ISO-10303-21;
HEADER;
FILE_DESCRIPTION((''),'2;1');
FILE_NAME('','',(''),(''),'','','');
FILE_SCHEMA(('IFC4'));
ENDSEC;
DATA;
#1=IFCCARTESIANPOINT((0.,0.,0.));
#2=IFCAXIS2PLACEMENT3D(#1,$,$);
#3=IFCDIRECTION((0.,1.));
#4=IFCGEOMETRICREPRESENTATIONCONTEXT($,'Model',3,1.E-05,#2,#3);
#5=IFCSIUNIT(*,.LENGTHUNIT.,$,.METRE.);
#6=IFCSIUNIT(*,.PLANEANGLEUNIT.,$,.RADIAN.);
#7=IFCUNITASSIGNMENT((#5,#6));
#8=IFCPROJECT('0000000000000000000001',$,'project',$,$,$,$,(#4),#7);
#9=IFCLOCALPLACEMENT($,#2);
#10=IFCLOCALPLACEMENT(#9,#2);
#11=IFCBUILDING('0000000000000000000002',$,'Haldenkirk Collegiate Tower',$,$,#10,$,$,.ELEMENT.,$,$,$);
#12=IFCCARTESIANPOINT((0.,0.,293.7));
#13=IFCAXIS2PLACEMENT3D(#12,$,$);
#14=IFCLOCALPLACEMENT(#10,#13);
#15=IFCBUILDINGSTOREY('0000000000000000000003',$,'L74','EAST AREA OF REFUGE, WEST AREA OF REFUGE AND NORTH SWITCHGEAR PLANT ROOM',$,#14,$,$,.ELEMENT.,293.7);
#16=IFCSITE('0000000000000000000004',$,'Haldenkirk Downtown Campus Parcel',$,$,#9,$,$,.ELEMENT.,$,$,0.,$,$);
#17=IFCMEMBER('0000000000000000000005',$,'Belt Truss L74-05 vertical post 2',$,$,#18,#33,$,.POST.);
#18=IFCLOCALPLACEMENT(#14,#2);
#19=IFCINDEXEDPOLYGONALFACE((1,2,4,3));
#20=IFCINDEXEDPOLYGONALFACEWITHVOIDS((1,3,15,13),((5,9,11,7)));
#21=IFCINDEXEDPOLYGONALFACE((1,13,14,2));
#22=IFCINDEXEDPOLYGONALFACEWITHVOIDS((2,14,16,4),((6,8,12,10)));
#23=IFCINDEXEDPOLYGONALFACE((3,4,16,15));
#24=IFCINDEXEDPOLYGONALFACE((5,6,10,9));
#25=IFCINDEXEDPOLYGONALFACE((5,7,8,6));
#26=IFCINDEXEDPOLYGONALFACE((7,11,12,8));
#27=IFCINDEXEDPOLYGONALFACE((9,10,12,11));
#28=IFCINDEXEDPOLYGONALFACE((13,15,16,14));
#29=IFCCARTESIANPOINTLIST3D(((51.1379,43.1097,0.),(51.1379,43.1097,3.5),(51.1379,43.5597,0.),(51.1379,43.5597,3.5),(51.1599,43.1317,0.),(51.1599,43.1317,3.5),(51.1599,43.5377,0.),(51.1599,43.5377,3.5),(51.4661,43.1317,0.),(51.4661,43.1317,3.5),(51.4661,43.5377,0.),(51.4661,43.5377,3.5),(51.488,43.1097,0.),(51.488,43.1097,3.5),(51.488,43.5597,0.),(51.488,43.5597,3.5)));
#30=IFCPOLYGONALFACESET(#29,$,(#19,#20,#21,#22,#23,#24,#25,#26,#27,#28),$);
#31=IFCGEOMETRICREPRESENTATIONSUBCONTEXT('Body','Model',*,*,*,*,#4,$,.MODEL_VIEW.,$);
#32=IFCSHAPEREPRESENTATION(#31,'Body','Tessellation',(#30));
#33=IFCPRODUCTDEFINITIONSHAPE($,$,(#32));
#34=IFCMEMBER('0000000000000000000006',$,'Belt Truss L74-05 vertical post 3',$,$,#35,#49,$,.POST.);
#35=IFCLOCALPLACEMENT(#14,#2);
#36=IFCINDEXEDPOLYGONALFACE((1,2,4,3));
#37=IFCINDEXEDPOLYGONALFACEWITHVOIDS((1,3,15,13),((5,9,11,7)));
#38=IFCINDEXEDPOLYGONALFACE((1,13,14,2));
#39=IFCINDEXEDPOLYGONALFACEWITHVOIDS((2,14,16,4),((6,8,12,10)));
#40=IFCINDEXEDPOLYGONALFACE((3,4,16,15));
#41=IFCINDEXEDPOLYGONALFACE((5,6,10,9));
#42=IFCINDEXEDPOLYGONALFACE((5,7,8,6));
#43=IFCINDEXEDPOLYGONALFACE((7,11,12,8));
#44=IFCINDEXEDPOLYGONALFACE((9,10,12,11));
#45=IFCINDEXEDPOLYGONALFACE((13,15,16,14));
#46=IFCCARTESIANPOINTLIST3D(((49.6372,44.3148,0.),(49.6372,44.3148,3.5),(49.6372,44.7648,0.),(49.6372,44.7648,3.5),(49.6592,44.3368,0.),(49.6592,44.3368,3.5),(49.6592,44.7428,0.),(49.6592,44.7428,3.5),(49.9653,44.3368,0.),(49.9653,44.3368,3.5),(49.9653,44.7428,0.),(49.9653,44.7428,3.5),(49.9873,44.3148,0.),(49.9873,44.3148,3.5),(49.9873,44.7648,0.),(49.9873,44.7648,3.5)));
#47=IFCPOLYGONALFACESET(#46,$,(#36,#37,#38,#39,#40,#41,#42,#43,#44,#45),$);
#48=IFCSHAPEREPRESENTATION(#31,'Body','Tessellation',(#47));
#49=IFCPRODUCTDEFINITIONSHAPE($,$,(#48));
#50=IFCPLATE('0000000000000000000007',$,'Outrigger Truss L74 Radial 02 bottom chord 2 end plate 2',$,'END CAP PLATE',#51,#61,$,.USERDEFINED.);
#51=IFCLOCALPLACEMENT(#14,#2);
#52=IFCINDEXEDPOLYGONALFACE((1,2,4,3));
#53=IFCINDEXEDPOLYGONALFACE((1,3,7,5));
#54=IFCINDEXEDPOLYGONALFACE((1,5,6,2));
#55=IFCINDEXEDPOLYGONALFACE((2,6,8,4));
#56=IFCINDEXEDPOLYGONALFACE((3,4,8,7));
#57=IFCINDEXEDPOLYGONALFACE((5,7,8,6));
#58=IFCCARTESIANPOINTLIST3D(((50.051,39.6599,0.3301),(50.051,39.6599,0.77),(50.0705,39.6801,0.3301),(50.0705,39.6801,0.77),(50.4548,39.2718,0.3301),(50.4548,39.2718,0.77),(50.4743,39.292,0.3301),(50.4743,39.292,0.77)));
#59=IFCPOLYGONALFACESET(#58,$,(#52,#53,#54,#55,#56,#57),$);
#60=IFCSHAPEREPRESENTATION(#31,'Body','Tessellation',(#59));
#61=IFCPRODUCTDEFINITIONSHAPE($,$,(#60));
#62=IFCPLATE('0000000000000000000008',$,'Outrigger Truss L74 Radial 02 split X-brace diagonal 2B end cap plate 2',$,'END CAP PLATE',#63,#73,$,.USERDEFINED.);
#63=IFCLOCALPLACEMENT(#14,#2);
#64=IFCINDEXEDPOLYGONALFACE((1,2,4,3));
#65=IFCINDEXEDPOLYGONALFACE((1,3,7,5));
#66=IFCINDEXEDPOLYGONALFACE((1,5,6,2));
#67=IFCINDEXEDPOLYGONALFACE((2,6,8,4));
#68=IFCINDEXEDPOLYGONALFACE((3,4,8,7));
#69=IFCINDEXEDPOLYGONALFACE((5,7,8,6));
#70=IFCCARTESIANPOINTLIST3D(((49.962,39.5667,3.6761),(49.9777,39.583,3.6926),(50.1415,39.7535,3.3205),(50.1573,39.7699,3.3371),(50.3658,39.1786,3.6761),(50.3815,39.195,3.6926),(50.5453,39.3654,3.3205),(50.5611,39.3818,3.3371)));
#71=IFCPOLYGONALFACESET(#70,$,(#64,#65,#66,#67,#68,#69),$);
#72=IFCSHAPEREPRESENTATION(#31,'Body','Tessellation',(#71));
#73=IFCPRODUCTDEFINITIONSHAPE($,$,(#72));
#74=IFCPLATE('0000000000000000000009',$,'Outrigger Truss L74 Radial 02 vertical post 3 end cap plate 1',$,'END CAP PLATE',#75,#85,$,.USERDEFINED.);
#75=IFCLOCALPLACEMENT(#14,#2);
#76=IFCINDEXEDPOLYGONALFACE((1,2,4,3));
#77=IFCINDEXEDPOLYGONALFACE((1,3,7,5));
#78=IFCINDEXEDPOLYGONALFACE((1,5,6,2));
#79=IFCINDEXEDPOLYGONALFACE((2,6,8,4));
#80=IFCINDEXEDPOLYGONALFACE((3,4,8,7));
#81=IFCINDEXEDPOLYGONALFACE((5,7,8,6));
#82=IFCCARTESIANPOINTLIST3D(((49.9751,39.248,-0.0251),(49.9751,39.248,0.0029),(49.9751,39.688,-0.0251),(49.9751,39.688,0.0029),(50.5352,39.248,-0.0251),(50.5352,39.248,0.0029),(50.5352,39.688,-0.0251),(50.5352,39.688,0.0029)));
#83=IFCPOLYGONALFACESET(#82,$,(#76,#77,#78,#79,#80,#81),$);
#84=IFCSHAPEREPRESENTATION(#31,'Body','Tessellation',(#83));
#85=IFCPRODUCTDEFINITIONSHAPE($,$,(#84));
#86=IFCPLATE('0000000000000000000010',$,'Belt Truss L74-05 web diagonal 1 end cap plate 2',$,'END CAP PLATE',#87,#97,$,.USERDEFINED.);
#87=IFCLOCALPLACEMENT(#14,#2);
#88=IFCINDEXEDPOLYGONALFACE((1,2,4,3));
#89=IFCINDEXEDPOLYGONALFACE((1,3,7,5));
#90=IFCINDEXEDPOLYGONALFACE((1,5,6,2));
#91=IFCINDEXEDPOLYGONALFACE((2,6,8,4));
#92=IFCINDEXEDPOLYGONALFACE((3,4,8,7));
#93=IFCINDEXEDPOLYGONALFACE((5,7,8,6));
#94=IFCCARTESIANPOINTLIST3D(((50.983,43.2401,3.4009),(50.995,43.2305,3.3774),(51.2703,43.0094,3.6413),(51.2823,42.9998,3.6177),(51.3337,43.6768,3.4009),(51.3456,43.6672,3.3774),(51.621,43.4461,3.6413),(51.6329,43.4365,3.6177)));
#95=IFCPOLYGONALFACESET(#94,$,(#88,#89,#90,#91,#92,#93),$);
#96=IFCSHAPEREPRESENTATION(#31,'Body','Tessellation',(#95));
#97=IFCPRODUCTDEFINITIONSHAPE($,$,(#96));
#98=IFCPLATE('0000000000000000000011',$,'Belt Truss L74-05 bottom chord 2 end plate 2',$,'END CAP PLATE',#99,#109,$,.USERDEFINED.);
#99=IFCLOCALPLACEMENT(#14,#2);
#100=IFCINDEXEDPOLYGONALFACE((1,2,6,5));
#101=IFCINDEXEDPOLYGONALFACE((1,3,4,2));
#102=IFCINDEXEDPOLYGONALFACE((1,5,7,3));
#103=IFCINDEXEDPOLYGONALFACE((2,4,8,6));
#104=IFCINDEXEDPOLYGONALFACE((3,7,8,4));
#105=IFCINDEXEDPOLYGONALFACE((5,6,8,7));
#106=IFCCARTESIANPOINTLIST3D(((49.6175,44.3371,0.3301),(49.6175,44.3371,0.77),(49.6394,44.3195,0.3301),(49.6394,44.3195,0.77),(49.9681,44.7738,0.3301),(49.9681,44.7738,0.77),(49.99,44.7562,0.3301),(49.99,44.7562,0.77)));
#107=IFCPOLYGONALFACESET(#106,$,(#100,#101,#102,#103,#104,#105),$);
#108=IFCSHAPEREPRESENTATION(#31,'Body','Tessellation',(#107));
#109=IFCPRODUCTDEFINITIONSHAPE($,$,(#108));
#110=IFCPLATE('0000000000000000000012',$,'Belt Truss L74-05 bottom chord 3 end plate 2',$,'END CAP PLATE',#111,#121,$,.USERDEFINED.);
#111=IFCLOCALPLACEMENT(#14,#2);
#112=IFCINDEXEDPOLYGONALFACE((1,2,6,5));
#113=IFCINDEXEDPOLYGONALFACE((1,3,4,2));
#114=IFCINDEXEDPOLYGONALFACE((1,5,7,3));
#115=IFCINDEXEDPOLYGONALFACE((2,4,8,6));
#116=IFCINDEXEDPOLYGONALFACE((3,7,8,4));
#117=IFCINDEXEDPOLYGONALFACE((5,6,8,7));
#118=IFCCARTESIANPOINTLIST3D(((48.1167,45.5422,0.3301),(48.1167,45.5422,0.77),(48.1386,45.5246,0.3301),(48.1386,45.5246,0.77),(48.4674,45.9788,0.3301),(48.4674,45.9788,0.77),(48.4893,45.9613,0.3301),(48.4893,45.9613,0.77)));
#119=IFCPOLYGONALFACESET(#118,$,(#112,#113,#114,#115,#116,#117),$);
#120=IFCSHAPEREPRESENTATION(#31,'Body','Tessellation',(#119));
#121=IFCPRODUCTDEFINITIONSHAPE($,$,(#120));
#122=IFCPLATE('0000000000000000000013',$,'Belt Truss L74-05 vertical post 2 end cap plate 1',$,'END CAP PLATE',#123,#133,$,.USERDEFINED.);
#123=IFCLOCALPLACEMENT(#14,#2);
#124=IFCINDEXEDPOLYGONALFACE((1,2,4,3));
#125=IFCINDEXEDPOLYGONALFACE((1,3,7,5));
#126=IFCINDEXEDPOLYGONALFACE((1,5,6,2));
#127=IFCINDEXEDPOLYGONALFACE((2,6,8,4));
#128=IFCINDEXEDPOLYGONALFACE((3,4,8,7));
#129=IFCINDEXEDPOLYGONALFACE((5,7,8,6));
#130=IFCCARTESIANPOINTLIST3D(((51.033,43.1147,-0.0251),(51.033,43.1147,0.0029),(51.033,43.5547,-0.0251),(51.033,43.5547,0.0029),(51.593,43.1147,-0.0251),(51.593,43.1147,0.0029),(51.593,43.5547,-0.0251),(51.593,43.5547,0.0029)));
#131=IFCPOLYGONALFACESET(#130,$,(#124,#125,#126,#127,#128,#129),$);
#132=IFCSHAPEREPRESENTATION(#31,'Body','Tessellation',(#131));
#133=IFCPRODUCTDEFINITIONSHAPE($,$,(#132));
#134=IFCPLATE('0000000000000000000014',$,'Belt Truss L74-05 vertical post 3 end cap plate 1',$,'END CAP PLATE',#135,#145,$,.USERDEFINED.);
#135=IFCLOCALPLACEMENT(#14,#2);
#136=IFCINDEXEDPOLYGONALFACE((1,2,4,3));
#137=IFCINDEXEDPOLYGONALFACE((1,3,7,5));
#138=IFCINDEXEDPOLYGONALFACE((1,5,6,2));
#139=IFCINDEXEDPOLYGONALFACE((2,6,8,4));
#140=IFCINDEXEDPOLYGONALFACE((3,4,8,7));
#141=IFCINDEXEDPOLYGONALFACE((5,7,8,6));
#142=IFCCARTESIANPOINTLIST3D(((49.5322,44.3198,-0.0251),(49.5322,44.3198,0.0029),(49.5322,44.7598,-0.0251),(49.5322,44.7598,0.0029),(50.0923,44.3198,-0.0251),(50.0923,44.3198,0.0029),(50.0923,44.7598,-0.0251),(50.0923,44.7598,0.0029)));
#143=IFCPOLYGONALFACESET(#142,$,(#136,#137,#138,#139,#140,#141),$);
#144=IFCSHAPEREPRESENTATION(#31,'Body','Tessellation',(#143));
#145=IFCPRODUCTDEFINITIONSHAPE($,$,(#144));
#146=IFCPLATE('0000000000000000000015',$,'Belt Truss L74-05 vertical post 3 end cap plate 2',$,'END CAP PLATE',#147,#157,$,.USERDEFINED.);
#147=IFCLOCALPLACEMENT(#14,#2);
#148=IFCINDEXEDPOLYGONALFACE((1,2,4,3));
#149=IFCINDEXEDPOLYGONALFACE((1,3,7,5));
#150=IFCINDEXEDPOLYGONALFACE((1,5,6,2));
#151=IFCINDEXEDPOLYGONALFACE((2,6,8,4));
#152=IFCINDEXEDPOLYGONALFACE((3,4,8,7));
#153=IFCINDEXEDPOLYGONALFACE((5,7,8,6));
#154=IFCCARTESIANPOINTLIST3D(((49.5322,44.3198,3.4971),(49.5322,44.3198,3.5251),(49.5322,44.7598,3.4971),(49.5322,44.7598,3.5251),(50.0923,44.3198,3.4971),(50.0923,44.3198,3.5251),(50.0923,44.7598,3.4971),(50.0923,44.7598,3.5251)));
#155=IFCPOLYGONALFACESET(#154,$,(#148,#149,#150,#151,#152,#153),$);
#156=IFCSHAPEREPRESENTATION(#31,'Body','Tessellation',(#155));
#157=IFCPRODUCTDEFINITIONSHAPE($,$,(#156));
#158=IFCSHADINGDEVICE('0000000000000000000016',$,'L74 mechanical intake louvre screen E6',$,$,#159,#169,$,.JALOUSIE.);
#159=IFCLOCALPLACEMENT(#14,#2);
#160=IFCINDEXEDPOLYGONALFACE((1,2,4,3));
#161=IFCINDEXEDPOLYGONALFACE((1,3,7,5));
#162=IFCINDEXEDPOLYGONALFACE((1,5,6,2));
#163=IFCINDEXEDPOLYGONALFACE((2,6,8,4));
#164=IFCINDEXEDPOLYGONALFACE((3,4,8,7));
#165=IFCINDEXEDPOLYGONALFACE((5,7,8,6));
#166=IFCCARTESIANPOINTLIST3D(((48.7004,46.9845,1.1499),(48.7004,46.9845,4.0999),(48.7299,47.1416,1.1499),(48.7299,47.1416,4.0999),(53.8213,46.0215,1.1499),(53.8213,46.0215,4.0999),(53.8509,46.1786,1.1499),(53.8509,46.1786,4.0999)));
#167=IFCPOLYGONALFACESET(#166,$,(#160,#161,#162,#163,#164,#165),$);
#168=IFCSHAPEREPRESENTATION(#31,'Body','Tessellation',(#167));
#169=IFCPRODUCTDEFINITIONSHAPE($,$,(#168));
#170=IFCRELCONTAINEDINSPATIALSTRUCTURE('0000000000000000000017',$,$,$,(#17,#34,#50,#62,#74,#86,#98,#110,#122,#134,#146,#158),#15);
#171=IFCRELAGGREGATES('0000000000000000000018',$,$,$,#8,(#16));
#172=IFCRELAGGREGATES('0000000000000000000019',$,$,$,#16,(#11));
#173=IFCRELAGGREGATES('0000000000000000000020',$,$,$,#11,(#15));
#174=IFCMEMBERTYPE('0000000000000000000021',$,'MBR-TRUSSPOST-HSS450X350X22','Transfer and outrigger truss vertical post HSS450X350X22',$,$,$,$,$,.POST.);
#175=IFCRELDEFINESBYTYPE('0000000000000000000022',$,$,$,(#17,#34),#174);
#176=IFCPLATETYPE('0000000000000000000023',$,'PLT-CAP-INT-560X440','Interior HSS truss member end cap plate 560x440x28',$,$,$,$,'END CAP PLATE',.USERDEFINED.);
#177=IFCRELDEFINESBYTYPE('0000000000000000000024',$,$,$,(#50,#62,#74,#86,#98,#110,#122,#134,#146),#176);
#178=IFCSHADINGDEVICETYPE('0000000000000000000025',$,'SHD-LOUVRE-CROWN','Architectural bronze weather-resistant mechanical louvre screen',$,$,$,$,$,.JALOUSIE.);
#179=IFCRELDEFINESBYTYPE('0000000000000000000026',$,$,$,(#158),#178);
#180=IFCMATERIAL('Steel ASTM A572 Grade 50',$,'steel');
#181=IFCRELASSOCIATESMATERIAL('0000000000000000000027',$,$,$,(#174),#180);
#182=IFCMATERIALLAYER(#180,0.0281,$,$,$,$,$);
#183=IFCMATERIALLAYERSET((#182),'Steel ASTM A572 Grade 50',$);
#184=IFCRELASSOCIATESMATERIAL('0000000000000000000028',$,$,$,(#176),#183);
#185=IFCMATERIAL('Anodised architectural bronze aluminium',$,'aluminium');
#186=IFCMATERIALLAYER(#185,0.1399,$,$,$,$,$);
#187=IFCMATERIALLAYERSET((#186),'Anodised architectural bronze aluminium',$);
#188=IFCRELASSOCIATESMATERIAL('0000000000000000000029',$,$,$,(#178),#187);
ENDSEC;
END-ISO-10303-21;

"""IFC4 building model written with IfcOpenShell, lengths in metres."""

from ifc_helpers import new_model, si_unit, direction, frame, origin, origin_2d, place, context, subcontext, project, spatial, rectangle, hollow_rectangle, extrude, source, transform, mapped, material, layer, layer_set, material_profile, profile_set, type_object, element, save


model = new_model("IFC4")

# Units and contexts
model_context = context("Model", 3, precision=1e-05, world=origin(), true_north=direction((0.0, 1.0)))
body_context = subcontext(model_context, "Body", "Model", "MODEL_VIEW")
ifc_project = project(units=[si_unit("LENGTHUNIT", "METRE"), si_unit("PLANEANGLEUNIT", "RADIAN")], contexts=[model_context])

# Site, building, storey
site_placement = place(None, origin())
site = spatial("IfcSite", under=ifc_project, at=site_placement, Name="Haldenkirk Downtown Campus Parcel", CompositionType="ELEMENT", RefElevation=0.0)
building_placement = place(site_placement, origin())
building = spatial("IfcBuilding", under=site, at=building_placement, Name="Haldenkirk Collegiate Tower", CompositionType="ELEMENT")
storey_placement = place(building_placement, frame((0.0, 0.0, 293.7)))
storey = spatial("IfcBuildingStorey", under=building, at=storey_placement, Name="L74", Description="EAST AREA OF REFUGE, WEST AREA OF REFUGE AND NORTH SWITCHGEAR PLANT ROOM", CompositionType="ELEMENT", Elevation=293.7)

# Members
ifc_material_1 = material(Name="Steel ASTM A572 Grade 50", Category="steel")
ifc_material_profile_1 = material_profile(ifc_material_1, hollow_rectangle(XDim=0.3501, YDim=0.45, WallThickness=0.022, at=origin_2d()), Name="HSS450X350X22")
ifc_profile_set_1 = profile_set([ifc_material_profile_1], Name="Steel ASTM A572 Grade 50")
member_type_1 = type_object("IfcMemberType", Name="MBR-TRUSSPOST-HSS450X350X22", Description="Transfer and outrigger truss vertical post HSS450X350X22", PredefinedType="POST", material=ifc_profile_set_1)
for number, where, z_axis, x_axis, name in (
    (1, (51.313, 43.3347, 0.0), (0.0, 0.0, 1.0), (1.0, 0.0, 0.0), "Belt Truss L74-05 vertical post 2"),
    (2, (49.8123, 44.5398, 0.0), (0.0, 0.0, 1.0), (1.0, 0.0, 0.0), "Belt Truss L74-05 vertical post 3"),
):
    element("IfcMember", number, at=place(storey_placement, frame(where, z_axis=z_axis, x_axis=x_axis)), inside=storey, type_object=member_type_1, Name=name, PredefinedType="POST", context=body_context, shape_type="SweptSolid", body=[
        extrude(hollow_rectangle(XDim=0.3501, YDim=0.45, WallThickness=0.022, at=origin_2d()), origin(), (0.0, 0.0, 1.0), 3.5),
    ])

# Plates
ifc_layer_1 = layer(ifc_material_1, 0.0281)
ifc_layer_set_1 = layer_set([ifc_layer_1], Name="Steel ASTM A572 Grade 50")
plate_type = type_object("IfcPlateType", Name="PLT-CAP-INT-560X440", Description="Interior HSS truss member end cap plate 560x440x28", ElementType="END CAP PLATE", PredefinedType="USERDEFINED", material=ifc_layer_set_1)
shared_shape_1 = source(origin(), body_context, "Body", "SweptSolid", [
    extrude(rectangle(XDim=0.5601, YDim=0.4399, at=origin_2d()), origin(), (0.0, 0.0, 1.0), 0.0281),
])
for number, where, z_axis, x_axis, name in (
    (3, (50.2529, 39.4658, 0.55), (0.692946, 0.720989, 0.0), (-0.720989, 0.692946, 0.0), "Outrigger Truss L74 Radial 02 bottom chord 2 end plate 2"),
    (4, (50.2537, 39.4661, 3.4983), (0.559961, 0.582663, 0.589023), (-0.721014, 0.692921, 0.0), "Outrigger Truss L74 Radial 02 split X-brace diagonal 2B end cap plate 2"),
    (5, (50.2551, 39.468, 0.0029), (0.0, 0.0, -1.0), (1.0, 0.0, 0.0), "Outrigger Truss L74 Radial 02 vertical post 3 end cap plate 1"),
    (6, (51.314, 43.3335, 3.4976), (-0.426033, 0.34211, 0.83753), (-0.626126, -0.779722, 0.0), "Belt Truss L74-05 web diagonal 1 end cap plate 2"),
    (7, (49.8147, 44.5378, 0.55), (-0.77972, 0.626128, 0.0), (-0.626128, -0.77972, 0.0), "Belt Truss L74-05 bottom chord 2 end plate 2"),
    (8, (48.314, 45.7429, 0.55), (-0.77972, 0.626128, 0.0), (-0.626128, -0.77972, 0.0), "Belt Truss L74-05 bottom chord 3 end plate 2"),
    (9, (51.313, 43.3347, 0.0029), (0.0, 0.0, -1.0), (1.0, 0.0, 0.0), "Belt Truss L74-05 vertical post 2 end cap plate 1"),
    (10, (49.8123, 44.5398, 0.0029), (0.0, 0.0, -1.0), (1.0, 0.0, 0.0), "Belt Truss L74-05 vertical post 3 end cap plate 1"),
    (11, (49.8123, 44.5398, 3.4971), (0.0, 0.0, 1.0), (1.0, 0.0, 0.0), "Belt Truss L74-05 vertical post 3 end cap plate 2"),
):
    element("IfcPlate", number, at=place(storey_placement, frame(where, z_axis=z_axis, x_axis=x_axis)), inside=storey, type_object=plate_type, Name=name, ObjectType="END CAP PLATE", PredefinedType="USERDEFINED", context=body_context, shape_type="MappedRepresentation", body=[
        mapped(shared_shape_1, transform((0.0, 0.0, 0.0), x_axis=(1.0, 0.0, 0.0), y_axis=(0.0, 1.0, 0.0), z_axis=(0.0, 0.0, 1.0), scale=1.0)),
    ])

# Shading device
ifc_material_2 = material(Name="Anodised architectural bronze aluminium", Category="aluminium")
ifc_layer_2 = layer(ifc_material_2, 0.1399)
ifc_layer_set_2 = layer_set([ifc_layer_2], Name="Anodised architectural bronze aluminium")
shading_device_type = type_object("IfcShadingDeviceType", Name="SHD-LOUVRE-CROWN", Description="Architectural bronze weather-resistant mechanical louvre screen", PredefinedType="JALOUSIE", material=ifc_layer_set_2)
shared_shape_2 = source(origin(), body_context, "Body", "SweptSolid", [
    extrude(rectangle(XDim=5.2107, YDim=0.1599, at=origin_2d()), origin(), (0.0, 0.0, 1.0), 2.95),
])
shading_device_placement = place(storey_placement, frame((51.2756, 46.5815, 1.1499), z_axis=(0.0, 0.0, 1.0), x_axis=(0.982774, -0.184809, 0.0)))
element("IfcShadingDevice", 12, at=shading_device_placement, inside=storey, type_object=shading_device_type, Name="L74 mechanical intake louvre screen E6", PredefinedType="JALOUSIE", context=body_context, shape_type="MappedRepresentation", body=[
    mapped(shared_shape_2, transform((0.0, 0.0, 0.0), x_axis=(1.0, 0.0, 0.0), y_axis=(0.0, 1.0, 0.0), z_axis=(0.0, 0.0, 1.0), scale=1.0)),
])

save(model, "model.ifc")
